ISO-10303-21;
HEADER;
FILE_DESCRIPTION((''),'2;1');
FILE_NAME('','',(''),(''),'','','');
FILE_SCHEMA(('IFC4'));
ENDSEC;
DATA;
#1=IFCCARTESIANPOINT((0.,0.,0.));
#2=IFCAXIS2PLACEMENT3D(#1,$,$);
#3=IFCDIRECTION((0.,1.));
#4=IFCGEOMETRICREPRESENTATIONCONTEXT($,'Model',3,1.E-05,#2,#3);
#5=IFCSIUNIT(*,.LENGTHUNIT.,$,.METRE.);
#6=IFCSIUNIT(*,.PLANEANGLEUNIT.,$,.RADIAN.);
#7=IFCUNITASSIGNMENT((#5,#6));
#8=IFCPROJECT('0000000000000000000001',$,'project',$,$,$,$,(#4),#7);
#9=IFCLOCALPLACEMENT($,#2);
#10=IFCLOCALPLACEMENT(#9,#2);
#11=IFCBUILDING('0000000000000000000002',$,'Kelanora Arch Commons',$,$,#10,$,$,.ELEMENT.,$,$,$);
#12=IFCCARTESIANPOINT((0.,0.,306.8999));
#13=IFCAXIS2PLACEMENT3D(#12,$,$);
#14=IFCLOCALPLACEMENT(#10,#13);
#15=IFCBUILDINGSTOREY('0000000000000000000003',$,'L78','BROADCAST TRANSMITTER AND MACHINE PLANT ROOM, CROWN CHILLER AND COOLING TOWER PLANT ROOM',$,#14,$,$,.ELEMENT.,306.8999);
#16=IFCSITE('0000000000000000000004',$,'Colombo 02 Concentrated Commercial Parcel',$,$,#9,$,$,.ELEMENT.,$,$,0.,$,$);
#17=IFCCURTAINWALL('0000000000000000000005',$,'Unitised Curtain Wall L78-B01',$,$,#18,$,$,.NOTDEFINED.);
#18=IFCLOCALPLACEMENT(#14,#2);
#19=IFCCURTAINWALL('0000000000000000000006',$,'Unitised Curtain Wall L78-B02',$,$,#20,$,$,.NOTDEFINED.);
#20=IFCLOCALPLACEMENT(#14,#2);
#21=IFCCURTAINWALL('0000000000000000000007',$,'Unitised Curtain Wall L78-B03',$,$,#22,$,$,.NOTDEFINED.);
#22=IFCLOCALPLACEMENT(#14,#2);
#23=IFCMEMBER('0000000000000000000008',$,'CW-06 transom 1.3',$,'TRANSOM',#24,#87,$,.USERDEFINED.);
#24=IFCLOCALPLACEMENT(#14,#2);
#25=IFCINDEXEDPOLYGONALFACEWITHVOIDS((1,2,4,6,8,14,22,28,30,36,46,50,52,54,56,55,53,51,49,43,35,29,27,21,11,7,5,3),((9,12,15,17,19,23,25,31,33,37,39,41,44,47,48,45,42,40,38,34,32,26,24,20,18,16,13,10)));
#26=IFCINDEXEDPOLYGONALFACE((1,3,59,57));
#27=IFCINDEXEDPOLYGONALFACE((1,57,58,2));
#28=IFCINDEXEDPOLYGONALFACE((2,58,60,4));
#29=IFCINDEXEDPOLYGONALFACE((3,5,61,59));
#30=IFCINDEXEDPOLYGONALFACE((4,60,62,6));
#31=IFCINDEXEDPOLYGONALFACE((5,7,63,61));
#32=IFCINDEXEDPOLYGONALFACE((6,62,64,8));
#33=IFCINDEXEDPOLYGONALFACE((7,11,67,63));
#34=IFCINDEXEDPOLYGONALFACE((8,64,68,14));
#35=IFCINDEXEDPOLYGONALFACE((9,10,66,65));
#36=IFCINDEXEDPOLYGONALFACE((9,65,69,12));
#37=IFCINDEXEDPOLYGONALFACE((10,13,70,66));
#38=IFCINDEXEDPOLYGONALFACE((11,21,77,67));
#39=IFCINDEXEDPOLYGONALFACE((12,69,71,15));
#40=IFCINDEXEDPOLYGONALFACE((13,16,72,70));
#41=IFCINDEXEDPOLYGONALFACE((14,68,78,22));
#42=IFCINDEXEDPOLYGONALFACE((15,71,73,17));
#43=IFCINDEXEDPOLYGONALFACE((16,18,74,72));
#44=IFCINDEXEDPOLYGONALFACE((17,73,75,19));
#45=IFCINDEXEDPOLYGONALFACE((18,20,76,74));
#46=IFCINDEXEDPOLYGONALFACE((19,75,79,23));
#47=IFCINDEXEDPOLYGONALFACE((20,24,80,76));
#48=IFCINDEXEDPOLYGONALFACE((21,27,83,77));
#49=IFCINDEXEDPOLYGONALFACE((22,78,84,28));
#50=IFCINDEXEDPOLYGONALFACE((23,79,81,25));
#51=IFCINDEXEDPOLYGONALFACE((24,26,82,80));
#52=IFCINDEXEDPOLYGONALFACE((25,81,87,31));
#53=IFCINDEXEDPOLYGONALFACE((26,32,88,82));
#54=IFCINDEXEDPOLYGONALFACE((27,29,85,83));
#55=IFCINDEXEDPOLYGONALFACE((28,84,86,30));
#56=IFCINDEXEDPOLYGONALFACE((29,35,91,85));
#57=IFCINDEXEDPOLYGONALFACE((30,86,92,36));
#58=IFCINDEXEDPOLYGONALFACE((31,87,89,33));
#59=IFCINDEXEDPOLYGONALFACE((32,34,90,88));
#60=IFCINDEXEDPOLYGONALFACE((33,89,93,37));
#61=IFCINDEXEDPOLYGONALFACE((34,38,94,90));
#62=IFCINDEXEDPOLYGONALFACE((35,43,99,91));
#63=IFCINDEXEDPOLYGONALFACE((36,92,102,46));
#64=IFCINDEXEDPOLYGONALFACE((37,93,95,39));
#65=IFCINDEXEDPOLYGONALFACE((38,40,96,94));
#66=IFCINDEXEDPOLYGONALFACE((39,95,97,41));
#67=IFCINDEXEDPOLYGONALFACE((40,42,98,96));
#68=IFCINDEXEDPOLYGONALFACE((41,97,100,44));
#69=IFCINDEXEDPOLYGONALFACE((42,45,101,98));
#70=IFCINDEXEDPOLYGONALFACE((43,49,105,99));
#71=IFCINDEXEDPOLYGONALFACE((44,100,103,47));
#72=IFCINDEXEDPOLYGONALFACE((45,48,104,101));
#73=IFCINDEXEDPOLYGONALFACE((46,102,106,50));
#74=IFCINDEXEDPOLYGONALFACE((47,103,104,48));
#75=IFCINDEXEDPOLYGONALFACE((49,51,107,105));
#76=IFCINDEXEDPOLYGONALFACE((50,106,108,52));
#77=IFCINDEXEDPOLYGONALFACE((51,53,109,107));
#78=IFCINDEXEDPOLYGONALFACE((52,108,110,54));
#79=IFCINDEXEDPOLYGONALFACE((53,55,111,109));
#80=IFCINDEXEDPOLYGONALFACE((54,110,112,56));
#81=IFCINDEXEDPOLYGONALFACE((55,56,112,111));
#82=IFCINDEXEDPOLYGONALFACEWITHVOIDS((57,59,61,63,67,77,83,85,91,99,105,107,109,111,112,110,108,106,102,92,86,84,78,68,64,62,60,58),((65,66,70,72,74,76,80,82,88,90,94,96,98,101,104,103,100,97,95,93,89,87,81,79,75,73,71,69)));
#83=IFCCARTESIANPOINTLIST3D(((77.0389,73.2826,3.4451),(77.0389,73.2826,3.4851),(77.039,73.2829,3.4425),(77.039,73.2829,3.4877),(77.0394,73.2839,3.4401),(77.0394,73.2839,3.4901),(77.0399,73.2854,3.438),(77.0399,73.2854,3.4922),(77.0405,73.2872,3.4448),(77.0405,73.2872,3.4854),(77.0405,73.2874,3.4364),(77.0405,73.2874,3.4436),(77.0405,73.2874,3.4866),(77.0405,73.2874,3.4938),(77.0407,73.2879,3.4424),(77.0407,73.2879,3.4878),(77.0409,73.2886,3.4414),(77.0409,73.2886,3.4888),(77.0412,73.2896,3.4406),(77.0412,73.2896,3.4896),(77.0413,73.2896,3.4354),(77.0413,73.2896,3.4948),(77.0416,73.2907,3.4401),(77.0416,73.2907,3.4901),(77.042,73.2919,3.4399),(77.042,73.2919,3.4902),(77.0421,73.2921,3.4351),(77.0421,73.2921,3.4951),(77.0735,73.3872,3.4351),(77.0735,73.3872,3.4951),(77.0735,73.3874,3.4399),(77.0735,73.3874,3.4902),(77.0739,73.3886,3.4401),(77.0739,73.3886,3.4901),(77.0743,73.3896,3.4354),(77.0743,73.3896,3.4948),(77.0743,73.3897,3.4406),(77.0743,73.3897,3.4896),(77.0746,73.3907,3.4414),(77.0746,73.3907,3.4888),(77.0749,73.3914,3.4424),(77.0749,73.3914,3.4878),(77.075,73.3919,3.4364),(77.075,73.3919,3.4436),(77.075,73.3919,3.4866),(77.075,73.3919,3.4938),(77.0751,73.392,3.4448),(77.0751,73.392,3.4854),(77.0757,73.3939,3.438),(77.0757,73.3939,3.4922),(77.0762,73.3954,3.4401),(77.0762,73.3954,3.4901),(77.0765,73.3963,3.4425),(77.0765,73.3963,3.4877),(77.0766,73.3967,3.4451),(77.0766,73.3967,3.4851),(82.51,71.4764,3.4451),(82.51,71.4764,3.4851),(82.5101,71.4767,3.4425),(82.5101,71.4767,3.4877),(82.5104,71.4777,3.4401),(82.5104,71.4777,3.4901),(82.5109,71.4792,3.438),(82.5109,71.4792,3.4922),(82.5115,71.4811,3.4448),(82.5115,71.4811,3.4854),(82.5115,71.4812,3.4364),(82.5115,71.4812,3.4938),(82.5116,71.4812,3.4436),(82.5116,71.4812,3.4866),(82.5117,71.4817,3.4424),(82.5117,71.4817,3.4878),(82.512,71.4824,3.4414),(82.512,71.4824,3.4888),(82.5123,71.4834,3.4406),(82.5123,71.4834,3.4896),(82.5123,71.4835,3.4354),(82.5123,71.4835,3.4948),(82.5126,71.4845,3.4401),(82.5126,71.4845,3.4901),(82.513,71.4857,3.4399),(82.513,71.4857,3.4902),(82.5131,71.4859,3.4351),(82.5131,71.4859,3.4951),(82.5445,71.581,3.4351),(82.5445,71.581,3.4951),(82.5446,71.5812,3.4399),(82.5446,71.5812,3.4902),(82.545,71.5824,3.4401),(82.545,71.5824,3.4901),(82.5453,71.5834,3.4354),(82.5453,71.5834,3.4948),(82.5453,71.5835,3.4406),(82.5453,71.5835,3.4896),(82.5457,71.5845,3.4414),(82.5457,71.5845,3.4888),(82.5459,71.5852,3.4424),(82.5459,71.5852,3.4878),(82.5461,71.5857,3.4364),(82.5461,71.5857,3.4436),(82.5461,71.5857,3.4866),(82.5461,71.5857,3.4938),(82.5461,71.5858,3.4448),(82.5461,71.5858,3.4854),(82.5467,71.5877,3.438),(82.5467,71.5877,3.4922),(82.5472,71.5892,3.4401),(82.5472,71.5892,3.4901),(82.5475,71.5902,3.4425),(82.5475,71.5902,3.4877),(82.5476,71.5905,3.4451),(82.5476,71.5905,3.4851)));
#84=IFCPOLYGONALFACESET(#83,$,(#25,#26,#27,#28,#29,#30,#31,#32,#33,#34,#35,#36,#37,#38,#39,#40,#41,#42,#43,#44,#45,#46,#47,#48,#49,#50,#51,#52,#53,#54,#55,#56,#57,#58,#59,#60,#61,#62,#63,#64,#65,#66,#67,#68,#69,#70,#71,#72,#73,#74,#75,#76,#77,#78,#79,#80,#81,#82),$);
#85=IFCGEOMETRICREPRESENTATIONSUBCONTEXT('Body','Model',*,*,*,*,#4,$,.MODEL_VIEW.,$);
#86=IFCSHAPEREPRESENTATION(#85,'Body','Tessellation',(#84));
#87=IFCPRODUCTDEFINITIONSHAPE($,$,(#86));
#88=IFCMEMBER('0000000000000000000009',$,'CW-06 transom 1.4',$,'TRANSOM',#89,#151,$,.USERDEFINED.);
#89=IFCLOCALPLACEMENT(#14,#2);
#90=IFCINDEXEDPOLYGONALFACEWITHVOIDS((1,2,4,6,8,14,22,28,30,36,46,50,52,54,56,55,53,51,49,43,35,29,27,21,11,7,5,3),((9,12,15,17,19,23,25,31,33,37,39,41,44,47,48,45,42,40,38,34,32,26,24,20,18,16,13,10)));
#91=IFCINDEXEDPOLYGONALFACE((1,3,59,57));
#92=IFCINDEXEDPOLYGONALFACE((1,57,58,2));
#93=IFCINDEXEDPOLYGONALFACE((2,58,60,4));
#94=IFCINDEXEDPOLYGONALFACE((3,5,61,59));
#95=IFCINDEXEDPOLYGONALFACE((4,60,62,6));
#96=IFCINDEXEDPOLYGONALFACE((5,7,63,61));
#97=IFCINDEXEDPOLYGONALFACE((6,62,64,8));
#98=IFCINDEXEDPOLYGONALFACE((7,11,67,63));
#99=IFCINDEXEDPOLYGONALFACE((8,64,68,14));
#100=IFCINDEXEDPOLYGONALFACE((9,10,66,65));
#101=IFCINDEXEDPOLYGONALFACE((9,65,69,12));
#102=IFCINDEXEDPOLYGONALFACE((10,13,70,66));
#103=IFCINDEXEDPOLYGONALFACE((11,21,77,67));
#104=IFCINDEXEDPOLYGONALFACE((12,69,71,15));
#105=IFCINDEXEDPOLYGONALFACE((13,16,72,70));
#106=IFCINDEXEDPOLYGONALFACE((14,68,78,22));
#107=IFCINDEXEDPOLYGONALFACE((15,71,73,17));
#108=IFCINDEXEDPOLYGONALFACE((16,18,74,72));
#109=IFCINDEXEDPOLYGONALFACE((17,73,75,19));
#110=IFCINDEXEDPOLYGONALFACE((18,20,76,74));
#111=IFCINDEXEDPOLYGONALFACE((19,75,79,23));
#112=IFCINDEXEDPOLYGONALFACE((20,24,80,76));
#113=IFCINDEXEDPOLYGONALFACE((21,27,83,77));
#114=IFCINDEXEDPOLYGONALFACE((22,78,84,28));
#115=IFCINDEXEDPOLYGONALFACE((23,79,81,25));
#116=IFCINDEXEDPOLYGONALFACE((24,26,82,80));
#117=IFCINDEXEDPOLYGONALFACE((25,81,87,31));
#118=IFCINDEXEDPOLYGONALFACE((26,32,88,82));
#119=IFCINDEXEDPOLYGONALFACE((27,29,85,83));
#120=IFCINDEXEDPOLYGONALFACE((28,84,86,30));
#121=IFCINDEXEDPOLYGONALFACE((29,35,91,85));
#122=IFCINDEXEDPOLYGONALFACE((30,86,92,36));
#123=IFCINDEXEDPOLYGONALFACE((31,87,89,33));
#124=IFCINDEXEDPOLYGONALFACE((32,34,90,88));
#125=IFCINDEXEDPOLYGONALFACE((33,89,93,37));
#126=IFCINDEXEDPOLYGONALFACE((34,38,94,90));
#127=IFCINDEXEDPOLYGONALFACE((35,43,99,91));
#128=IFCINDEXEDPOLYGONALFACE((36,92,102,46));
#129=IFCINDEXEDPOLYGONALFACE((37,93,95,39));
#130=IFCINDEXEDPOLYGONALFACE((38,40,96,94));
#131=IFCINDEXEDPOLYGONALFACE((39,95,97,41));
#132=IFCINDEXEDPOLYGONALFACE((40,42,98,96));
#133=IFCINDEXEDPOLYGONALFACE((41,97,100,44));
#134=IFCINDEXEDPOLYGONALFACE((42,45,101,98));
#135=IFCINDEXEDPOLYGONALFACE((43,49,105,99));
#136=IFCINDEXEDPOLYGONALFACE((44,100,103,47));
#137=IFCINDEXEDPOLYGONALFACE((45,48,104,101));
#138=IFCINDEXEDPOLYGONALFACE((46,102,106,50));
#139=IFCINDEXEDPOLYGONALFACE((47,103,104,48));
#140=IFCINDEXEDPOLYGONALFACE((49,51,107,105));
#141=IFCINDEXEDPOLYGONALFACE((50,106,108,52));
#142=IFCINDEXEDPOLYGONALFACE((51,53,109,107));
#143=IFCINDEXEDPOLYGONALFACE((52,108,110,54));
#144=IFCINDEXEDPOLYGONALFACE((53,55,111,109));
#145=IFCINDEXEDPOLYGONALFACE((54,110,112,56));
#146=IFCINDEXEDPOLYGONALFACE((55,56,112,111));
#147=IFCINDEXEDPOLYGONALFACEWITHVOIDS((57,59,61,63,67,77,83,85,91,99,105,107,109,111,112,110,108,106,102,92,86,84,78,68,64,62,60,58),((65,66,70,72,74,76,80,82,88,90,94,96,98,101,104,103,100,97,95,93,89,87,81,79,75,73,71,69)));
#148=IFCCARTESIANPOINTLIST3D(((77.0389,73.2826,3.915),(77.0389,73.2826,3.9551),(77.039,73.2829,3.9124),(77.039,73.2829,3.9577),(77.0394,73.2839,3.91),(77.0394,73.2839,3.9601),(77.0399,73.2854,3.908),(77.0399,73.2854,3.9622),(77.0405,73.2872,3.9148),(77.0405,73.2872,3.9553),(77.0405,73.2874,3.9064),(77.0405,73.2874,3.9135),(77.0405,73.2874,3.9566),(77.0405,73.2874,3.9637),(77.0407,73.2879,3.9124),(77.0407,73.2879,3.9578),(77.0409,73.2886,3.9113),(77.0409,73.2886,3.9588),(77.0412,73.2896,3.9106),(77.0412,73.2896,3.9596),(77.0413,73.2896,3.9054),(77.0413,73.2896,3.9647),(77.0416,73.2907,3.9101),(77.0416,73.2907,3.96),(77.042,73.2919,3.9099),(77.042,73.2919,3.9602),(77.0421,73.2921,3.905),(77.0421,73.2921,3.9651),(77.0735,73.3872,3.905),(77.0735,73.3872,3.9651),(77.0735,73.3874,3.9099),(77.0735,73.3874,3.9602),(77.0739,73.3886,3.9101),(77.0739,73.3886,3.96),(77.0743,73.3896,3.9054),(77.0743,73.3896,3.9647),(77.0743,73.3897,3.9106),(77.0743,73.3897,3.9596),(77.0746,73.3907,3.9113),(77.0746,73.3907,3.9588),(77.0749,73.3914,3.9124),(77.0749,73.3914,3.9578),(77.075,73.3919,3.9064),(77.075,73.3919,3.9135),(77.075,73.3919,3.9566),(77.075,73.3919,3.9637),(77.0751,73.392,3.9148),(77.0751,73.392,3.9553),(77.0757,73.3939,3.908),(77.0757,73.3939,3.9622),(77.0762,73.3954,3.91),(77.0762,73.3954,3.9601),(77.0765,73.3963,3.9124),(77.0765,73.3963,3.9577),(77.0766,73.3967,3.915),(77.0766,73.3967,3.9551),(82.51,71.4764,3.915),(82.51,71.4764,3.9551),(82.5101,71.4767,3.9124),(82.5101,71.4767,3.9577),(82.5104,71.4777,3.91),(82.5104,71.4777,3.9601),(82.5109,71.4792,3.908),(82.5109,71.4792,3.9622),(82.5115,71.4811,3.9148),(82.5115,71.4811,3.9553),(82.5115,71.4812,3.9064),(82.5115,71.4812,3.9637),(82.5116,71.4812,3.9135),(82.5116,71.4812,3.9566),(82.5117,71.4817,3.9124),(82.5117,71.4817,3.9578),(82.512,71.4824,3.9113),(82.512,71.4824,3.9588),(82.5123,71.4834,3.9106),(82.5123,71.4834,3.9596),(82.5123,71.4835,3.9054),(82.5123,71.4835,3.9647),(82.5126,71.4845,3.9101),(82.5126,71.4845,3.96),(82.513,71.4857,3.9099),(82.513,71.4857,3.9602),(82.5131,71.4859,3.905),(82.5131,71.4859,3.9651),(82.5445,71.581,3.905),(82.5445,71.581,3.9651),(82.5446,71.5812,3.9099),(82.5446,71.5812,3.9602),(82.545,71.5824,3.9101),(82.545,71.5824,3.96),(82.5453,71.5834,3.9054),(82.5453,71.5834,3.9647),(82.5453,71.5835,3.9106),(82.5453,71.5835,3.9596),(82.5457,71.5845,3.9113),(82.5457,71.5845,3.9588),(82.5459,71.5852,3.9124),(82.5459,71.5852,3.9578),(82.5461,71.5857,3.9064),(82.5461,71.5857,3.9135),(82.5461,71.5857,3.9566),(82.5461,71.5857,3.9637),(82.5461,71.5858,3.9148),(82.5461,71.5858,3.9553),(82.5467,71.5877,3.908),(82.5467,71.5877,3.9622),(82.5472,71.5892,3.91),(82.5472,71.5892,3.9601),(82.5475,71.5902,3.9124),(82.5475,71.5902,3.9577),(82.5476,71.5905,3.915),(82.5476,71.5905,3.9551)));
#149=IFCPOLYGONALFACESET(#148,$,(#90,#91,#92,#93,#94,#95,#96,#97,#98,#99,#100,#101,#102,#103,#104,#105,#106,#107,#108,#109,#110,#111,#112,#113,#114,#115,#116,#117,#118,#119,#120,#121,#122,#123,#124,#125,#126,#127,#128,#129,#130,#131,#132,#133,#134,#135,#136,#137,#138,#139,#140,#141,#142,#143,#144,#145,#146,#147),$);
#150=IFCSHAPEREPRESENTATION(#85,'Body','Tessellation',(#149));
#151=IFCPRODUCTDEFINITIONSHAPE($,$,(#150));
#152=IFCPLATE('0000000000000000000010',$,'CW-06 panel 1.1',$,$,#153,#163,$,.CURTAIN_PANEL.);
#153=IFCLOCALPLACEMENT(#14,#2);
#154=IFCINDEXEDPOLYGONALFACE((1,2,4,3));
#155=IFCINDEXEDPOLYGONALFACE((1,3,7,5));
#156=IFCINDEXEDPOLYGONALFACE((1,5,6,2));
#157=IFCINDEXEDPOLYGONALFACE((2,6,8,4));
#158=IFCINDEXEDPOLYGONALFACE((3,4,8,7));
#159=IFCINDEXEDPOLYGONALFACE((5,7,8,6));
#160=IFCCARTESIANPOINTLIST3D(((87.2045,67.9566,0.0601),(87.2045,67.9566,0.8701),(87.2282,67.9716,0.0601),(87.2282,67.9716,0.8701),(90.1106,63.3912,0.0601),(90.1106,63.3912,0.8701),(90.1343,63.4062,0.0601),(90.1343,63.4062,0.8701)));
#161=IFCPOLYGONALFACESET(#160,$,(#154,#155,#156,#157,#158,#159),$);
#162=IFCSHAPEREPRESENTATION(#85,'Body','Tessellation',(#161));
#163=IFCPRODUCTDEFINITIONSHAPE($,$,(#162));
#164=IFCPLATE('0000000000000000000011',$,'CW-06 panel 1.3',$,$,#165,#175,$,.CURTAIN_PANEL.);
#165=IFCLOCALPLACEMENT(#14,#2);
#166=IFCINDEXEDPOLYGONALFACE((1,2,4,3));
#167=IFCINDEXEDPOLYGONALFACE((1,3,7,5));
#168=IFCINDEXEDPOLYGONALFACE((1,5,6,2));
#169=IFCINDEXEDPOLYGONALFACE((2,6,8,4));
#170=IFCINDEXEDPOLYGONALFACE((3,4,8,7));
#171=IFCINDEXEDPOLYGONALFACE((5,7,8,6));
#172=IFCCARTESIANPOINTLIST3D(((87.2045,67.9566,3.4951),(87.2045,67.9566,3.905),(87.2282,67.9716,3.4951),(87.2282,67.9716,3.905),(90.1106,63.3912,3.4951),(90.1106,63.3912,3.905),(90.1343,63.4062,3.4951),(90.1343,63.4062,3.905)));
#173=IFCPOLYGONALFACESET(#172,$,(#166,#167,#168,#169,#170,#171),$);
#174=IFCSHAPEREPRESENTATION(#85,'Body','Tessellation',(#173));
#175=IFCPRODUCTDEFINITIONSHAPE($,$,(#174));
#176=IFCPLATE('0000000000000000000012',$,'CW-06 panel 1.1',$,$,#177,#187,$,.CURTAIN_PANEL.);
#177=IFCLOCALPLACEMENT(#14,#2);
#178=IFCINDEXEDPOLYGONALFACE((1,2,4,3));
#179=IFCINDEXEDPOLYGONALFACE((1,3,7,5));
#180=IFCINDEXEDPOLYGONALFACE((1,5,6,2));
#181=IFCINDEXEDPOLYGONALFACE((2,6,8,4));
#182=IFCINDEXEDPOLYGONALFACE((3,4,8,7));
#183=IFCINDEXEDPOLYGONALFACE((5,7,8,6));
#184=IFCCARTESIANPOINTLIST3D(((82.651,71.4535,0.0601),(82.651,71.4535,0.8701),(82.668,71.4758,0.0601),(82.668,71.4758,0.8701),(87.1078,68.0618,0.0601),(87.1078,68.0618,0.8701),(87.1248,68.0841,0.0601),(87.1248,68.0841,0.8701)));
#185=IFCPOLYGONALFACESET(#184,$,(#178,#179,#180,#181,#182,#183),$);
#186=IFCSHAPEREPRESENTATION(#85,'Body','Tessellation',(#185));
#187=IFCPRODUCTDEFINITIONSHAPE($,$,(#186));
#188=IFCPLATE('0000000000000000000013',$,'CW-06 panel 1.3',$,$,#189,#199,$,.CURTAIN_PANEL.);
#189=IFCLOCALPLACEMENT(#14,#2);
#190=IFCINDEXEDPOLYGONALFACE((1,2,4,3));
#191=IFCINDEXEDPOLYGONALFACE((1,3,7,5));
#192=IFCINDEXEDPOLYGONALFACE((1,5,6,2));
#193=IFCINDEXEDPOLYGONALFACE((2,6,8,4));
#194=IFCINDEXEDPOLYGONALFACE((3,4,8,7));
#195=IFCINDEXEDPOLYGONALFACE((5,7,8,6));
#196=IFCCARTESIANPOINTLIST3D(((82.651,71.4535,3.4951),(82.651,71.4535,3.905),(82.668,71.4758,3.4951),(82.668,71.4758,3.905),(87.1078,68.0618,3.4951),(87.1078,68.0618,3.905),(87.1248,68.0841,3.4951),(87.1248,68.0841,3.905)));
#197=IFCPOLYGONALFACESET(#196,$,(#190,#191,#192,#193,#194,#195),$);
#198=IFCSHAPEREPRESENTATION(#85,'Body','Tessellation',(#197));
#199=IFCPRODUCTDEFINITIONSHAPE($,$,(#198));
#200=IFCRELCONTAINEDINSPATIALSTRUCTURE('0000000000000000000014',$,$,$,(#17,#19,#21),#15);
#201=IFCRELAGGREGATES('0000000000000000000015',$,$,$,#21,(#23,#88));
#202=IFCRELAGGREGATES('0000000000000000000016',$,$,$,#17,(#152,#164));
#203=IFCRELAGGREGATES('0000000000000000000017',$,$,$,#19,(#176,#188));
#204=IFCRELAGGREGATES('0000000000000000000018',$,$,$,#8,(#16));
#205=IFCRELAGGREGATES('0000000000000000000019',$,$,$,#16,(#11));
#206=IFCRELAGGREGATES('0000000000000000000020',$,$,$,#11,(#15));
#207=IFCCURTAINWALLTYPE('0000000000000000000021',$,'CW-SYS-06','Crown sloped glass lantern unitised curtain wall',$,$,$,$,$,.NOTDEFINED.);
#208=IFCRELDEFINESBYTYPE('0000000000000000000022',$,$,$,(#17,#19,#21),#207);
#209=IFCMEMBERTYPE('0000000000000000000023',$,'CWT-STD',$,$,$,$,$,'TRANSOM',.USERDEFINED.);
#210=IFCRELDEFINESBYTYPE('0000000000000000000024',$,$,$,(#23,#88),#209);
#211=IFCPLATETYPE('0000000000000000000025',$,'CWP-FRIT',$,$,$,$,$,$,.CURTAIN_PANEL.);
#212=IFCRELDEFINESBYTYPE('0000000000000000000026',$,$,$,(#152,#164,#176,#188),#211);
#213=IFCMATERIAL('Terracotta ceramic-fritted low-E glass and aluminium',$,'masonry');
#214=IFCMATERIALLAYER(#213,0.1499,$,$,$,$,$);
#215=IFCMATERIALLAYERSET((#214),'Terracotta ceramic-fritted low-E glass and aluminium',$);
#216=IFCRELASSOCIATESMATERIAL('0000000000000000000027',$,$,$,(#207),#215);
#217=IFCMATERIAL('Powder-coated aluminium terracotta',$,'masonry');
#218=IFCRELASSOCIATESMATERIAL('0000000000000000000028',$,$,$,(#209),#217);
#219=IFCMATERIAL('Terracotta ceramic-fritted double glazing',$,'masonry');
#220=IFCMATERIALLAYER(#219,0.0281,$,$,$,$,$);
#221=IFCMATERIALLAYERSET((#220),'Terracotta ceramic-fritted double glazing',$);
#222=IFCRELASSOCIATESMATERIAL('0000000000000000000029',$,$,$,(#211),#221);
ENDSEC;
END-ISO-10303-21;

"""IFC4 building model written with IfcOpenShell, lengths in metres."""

from ifc_helpers import new_model, si_unit, direction, frame, origin, origin_2d, place, context, subcontext, project, spatial, rectangle, hollow_rectangle, extrude, source, transform, mapped, material, layer, layer_set, material_profile, profile_set, type_object, element, aggregate, save


model = new_model("IFC4")

# Units and contexts
model_context = context("Model", 3, precision=1e-05, world=origin(), true_north=direction((0.0, 1.0)))
body_context = subcontext(model_context, "Body", "Model", "MODEL_VIEW")
ifc_project = project(units=[si_unit("LENGTHUNIT", "METRE"), si_unit("PLANEANGLEUNIT", "RADIAN")], contexts=[model_context])

# Site, building, storey
site_placement = place(None, origin())
site = spatial("IfcSite", under=ifc_project, at=site_placement, Name="Colombo 02 Concentrated Commercial Parcel", CompositionType="ELEMENT", RefElevation=0.0)
building_placement = place(site_placement, origin())
building = spatial("IfcBuilding", under=site, at=building_placement, Name="Kelanora Arch Commons", CompositionType="ELEMENT")
storey_placement = place(building_placement, frame((0.0, 0.0, 306.8999)))
storey = spatial("IfcBuildingStorey", under=building, at=storey_placement, Name="L78", Description="BROADCAST TRANSMITTER AND MACHINE PLANT ROOM, CROWN CHILLER AND COOLING TOWER PLANT ROOM", CompositionType="ELEMENT", Elevation=306.8999)

# Curtain wall
ifc_material_1 = material(Name="Terracotta ceramic-fritted low-E glass and aluminium", Category="masonry")
ifc_layer_1 = layer(ifc_material_1, 0.1499)
ifc_layer_set_1 = layer_set([ifc_layer_1], Name="Terracotta ceramic-fritted low-E glass and aluminium")
curtain_wall_type = type_object("IfcCurtainWallType", Name="CW-SYS-06", Description="Crown sloped glass lantern unitised curtain wall", PredefinedType="NOTDEFINED", material=ifc_layer_set_1)
curtain_wall_1_placement = place(storey_placement, origin())
curtain_wall_1 = element("IfcCurtainWall", 1, at=curtain_wall_1_placement, inside=storey, type_object=curtain_wall_type, Name="Unitised Curtain Wall L78-B01", PredefinedType="NOTDEFINED")
ifc_material_2 = material(Name="Powder-coated aluminium terracotta", Category="masonry")

# Curtain wall
curtain_wall_2_placement = place(storey_placement, origin())
curtain_wall_2 = element("IfcCurtainWall", 2, at=curtain_wall_2_placement, inside=storey, type_object=curtain_wall_type, Name="Unitised Curtain Wall L78-B02", PredefinedType="NOTDEFINED")

# Curtain wall
curtain_wall_3_placement = place(storey_placement, origin())
curtain_wall_3 = element("IfcCurtainWall", 3, at=curtain_wall_3_placement, inside=storey, type_object=curtain_wall_type, Name="Unitised Curtain Wall L78-B03", PredefinedType="NOTDEFINED")

# Members
ifc_material_profile_1 = material_profile(ifc_material_2, hollow_rectangle(XDim=0.1201, YDim=0.0601, WallThickness=0.0049, InnerFilletRadius=0.0049, OuterFilletRadius=0.01, at=origin_2d()), Name="CWT120x60")
ifc_profile_set_1 = profile_set([ifc_material_profile_1], Name="Powder-coated aluminium terracotta")
member_type_1 = type_object("IfcMemberType", Name="CWT-STD", ElementType="TRANSOM", PredefinedType="USERDEFINED", material=ifc_profile_set_1)
member_1_placement = place(storey_placement, frame((82.5288, 71.5334, 3.4651), z_axis=(-0.94959, 0.313493, 0.0), x_axis=(-0.313493, -0.94959, 0.0)))
member_1 = element("IfcMember", 4, at=member_1_placement, type_object=member_type_1, Name="CW-06 transom 1.3", ObjectType="TRANSOM", PredefinedType="USERDEFINED", context=body_context, shape_type="SweptSolid", body=[
    extrude(hollow_rectangle(XDim=0.1201, YDim=0.0601, WallThickness=0.0049, InnerFilletRadius=0.0049, OuterFilletRadius=0.01, at=origin_2d()), origin(), (0.0, 0.0, 1.0), 5.7615),
])
member_2_placement = place(storey_placement, frame((82.5288, 71.5334, 3.9351), z_axis=(-0.94959, 0.313493, 0.0), x_axis=(-0.313493, -0.94959, 0.0)))
member_2 = element("IfcMember", 5, at=member_2_placement, type_object=member_type_1, Name="CW-06 transom 1.4", ObjectType="TRANSOM", PredefinedType="USERDEFINED", context=body_context, shape_type="SweptSolid", body=[
    extrude(hollow_rectangle(XDim=0.1201, YDim=0.0601, WallThickness=0.0049, InnerFilletRadius=0.0049, OuterFilletRadius=0.01, at=origin_2d()), origin(), (0.0, 0.0, 1.0), 5.7615),
])
aggregate(curtain_wall_3, [member_1, member_2])

# Plates
ifc_material_3 = material(Name="Terracotta ceramic-fritted double glazing", Category="masonry")
ifc_layer_2 = layer(ifc_material_3, 0.0281)
ifc_layer_set_2 = layer_set([ifc_layer_2], Name="Terracotta ceramic-fritted double glazing")
plate_type = type_object("IfcPlateType", Name="CWP-FRIT", PredefinedType="CURTAIN_PANEL", material=ifc_layer_set_2)
shared_shape_1 = source(origin(), body_context, "Body", "SweptSolid", [
    extrude(rectangle(XDim=5.4119, YDim=0.0281, at=origin_2d()), origin(), (0.0, 0.0, 1.0), 0.8101),
])
plate_1_placement = place(storey_placement, frame((88.6694, 65.6814, 0.0601), z_axis=(0.0, 0.0, 1.0), x_axis=(-0.536984, 0.843592, 0.0)))
plate_1 = element("IfcPlate", 6, at=plate_1_placement, type_object=plate_type, Name="CW-06 panel 1.1", PredefinedType="CURTAIN_PANEL", context=body_context, shape_type="MappedRepresentation", body=[
    mapped(shared_shape_1, transform((0.0, 0.0, 0.0), scale=1.0)),
])
shared_shape_2 = source(origin(), body_context, "Body", "SweptSolid", [
    extrude(rectangle(XDim=5.4119, YDim=0.0281, at=origin_2d()), origin(), (0.0, 0.0, 1.0), 0.4099),
])
plate_2_placement = place(storey_placement, frame((88.6694, 65.6814, 3.4951), z_axis=(0.0, 0.0, 1.0), x_axis=(-0.536984, 0.843592, 0.0)))
plate_2 = element("IfcPlate", 7, at=plate_2_placement, type_object=plate_type, Name="CW-06 panel 1.3", PredefinedType="CURTAIN_PANEL", context=body_context, shape_type="MappedRepresentation", body=[
    mapped(shared_shape_2, transform((0.0, 0.0, 0.0), scale=1.0)),
])
shared_shape_3 = source(origin(), body_context, "Body", "SweptSolid", [
    extrude(rectangle(XDim=5.6006, YDim=0.0281, at=origin_2d()), origin(), (0.0, 0.0, 1.0), 0.8101),
])
plate_3_placement = place(storey_placement, frame((84.8879, 69.7688, 0.0601), z_axis=(0.0, 0.0, 1.0), x_axis=(-0.795772, 0.605596, 0.0)))
plate_3 = element("IfcPlate", 8, at=plate_3_placement, type_object=plate_type, Name="CW-06 panel 1.1", PredefinedType="CURTAIN_PANEL", context=body_context, shape_type="MappedRepresentation", body=[
    mapped(shared_shape_3, transform((0.0, 0.0, 0.0), scale=1.0)),
])
shared_shape_4 = source(origin(), body_context, "Body", "SweptSolid", [
    extrude(rectangle(XDim=5.6006, YDim=0.0281, at=origin_2d()), origin(), (0.0, 0.0, 1.0), 0.4099),
])
plate_4_placement = place(storey_placement, frame((84.8879, 69.7688, 3.4951), z_axis=(0.0, 0.0, 1.0), x_axis=(-0.795772, 0.605596, 0.0)))
plate_4 = element("IfcPlate", 9, at=plate_4_placement, type_object=plate_type, Name="CW-06 panel 1.3", PredefinedType="CURTAIN_PANEL", context=body_context, shape_type="MappedRepresentation", body=[
    mapped(shared_shape_4, transform((0.0, 0.0, 0.0), scale=1.0)),
])
aggregate(curtain_wall_1, [plate_1, plate_2])
aggregate(curtain_wall_2, [plate_3, plate_4])

save(model, "model.ifc")
